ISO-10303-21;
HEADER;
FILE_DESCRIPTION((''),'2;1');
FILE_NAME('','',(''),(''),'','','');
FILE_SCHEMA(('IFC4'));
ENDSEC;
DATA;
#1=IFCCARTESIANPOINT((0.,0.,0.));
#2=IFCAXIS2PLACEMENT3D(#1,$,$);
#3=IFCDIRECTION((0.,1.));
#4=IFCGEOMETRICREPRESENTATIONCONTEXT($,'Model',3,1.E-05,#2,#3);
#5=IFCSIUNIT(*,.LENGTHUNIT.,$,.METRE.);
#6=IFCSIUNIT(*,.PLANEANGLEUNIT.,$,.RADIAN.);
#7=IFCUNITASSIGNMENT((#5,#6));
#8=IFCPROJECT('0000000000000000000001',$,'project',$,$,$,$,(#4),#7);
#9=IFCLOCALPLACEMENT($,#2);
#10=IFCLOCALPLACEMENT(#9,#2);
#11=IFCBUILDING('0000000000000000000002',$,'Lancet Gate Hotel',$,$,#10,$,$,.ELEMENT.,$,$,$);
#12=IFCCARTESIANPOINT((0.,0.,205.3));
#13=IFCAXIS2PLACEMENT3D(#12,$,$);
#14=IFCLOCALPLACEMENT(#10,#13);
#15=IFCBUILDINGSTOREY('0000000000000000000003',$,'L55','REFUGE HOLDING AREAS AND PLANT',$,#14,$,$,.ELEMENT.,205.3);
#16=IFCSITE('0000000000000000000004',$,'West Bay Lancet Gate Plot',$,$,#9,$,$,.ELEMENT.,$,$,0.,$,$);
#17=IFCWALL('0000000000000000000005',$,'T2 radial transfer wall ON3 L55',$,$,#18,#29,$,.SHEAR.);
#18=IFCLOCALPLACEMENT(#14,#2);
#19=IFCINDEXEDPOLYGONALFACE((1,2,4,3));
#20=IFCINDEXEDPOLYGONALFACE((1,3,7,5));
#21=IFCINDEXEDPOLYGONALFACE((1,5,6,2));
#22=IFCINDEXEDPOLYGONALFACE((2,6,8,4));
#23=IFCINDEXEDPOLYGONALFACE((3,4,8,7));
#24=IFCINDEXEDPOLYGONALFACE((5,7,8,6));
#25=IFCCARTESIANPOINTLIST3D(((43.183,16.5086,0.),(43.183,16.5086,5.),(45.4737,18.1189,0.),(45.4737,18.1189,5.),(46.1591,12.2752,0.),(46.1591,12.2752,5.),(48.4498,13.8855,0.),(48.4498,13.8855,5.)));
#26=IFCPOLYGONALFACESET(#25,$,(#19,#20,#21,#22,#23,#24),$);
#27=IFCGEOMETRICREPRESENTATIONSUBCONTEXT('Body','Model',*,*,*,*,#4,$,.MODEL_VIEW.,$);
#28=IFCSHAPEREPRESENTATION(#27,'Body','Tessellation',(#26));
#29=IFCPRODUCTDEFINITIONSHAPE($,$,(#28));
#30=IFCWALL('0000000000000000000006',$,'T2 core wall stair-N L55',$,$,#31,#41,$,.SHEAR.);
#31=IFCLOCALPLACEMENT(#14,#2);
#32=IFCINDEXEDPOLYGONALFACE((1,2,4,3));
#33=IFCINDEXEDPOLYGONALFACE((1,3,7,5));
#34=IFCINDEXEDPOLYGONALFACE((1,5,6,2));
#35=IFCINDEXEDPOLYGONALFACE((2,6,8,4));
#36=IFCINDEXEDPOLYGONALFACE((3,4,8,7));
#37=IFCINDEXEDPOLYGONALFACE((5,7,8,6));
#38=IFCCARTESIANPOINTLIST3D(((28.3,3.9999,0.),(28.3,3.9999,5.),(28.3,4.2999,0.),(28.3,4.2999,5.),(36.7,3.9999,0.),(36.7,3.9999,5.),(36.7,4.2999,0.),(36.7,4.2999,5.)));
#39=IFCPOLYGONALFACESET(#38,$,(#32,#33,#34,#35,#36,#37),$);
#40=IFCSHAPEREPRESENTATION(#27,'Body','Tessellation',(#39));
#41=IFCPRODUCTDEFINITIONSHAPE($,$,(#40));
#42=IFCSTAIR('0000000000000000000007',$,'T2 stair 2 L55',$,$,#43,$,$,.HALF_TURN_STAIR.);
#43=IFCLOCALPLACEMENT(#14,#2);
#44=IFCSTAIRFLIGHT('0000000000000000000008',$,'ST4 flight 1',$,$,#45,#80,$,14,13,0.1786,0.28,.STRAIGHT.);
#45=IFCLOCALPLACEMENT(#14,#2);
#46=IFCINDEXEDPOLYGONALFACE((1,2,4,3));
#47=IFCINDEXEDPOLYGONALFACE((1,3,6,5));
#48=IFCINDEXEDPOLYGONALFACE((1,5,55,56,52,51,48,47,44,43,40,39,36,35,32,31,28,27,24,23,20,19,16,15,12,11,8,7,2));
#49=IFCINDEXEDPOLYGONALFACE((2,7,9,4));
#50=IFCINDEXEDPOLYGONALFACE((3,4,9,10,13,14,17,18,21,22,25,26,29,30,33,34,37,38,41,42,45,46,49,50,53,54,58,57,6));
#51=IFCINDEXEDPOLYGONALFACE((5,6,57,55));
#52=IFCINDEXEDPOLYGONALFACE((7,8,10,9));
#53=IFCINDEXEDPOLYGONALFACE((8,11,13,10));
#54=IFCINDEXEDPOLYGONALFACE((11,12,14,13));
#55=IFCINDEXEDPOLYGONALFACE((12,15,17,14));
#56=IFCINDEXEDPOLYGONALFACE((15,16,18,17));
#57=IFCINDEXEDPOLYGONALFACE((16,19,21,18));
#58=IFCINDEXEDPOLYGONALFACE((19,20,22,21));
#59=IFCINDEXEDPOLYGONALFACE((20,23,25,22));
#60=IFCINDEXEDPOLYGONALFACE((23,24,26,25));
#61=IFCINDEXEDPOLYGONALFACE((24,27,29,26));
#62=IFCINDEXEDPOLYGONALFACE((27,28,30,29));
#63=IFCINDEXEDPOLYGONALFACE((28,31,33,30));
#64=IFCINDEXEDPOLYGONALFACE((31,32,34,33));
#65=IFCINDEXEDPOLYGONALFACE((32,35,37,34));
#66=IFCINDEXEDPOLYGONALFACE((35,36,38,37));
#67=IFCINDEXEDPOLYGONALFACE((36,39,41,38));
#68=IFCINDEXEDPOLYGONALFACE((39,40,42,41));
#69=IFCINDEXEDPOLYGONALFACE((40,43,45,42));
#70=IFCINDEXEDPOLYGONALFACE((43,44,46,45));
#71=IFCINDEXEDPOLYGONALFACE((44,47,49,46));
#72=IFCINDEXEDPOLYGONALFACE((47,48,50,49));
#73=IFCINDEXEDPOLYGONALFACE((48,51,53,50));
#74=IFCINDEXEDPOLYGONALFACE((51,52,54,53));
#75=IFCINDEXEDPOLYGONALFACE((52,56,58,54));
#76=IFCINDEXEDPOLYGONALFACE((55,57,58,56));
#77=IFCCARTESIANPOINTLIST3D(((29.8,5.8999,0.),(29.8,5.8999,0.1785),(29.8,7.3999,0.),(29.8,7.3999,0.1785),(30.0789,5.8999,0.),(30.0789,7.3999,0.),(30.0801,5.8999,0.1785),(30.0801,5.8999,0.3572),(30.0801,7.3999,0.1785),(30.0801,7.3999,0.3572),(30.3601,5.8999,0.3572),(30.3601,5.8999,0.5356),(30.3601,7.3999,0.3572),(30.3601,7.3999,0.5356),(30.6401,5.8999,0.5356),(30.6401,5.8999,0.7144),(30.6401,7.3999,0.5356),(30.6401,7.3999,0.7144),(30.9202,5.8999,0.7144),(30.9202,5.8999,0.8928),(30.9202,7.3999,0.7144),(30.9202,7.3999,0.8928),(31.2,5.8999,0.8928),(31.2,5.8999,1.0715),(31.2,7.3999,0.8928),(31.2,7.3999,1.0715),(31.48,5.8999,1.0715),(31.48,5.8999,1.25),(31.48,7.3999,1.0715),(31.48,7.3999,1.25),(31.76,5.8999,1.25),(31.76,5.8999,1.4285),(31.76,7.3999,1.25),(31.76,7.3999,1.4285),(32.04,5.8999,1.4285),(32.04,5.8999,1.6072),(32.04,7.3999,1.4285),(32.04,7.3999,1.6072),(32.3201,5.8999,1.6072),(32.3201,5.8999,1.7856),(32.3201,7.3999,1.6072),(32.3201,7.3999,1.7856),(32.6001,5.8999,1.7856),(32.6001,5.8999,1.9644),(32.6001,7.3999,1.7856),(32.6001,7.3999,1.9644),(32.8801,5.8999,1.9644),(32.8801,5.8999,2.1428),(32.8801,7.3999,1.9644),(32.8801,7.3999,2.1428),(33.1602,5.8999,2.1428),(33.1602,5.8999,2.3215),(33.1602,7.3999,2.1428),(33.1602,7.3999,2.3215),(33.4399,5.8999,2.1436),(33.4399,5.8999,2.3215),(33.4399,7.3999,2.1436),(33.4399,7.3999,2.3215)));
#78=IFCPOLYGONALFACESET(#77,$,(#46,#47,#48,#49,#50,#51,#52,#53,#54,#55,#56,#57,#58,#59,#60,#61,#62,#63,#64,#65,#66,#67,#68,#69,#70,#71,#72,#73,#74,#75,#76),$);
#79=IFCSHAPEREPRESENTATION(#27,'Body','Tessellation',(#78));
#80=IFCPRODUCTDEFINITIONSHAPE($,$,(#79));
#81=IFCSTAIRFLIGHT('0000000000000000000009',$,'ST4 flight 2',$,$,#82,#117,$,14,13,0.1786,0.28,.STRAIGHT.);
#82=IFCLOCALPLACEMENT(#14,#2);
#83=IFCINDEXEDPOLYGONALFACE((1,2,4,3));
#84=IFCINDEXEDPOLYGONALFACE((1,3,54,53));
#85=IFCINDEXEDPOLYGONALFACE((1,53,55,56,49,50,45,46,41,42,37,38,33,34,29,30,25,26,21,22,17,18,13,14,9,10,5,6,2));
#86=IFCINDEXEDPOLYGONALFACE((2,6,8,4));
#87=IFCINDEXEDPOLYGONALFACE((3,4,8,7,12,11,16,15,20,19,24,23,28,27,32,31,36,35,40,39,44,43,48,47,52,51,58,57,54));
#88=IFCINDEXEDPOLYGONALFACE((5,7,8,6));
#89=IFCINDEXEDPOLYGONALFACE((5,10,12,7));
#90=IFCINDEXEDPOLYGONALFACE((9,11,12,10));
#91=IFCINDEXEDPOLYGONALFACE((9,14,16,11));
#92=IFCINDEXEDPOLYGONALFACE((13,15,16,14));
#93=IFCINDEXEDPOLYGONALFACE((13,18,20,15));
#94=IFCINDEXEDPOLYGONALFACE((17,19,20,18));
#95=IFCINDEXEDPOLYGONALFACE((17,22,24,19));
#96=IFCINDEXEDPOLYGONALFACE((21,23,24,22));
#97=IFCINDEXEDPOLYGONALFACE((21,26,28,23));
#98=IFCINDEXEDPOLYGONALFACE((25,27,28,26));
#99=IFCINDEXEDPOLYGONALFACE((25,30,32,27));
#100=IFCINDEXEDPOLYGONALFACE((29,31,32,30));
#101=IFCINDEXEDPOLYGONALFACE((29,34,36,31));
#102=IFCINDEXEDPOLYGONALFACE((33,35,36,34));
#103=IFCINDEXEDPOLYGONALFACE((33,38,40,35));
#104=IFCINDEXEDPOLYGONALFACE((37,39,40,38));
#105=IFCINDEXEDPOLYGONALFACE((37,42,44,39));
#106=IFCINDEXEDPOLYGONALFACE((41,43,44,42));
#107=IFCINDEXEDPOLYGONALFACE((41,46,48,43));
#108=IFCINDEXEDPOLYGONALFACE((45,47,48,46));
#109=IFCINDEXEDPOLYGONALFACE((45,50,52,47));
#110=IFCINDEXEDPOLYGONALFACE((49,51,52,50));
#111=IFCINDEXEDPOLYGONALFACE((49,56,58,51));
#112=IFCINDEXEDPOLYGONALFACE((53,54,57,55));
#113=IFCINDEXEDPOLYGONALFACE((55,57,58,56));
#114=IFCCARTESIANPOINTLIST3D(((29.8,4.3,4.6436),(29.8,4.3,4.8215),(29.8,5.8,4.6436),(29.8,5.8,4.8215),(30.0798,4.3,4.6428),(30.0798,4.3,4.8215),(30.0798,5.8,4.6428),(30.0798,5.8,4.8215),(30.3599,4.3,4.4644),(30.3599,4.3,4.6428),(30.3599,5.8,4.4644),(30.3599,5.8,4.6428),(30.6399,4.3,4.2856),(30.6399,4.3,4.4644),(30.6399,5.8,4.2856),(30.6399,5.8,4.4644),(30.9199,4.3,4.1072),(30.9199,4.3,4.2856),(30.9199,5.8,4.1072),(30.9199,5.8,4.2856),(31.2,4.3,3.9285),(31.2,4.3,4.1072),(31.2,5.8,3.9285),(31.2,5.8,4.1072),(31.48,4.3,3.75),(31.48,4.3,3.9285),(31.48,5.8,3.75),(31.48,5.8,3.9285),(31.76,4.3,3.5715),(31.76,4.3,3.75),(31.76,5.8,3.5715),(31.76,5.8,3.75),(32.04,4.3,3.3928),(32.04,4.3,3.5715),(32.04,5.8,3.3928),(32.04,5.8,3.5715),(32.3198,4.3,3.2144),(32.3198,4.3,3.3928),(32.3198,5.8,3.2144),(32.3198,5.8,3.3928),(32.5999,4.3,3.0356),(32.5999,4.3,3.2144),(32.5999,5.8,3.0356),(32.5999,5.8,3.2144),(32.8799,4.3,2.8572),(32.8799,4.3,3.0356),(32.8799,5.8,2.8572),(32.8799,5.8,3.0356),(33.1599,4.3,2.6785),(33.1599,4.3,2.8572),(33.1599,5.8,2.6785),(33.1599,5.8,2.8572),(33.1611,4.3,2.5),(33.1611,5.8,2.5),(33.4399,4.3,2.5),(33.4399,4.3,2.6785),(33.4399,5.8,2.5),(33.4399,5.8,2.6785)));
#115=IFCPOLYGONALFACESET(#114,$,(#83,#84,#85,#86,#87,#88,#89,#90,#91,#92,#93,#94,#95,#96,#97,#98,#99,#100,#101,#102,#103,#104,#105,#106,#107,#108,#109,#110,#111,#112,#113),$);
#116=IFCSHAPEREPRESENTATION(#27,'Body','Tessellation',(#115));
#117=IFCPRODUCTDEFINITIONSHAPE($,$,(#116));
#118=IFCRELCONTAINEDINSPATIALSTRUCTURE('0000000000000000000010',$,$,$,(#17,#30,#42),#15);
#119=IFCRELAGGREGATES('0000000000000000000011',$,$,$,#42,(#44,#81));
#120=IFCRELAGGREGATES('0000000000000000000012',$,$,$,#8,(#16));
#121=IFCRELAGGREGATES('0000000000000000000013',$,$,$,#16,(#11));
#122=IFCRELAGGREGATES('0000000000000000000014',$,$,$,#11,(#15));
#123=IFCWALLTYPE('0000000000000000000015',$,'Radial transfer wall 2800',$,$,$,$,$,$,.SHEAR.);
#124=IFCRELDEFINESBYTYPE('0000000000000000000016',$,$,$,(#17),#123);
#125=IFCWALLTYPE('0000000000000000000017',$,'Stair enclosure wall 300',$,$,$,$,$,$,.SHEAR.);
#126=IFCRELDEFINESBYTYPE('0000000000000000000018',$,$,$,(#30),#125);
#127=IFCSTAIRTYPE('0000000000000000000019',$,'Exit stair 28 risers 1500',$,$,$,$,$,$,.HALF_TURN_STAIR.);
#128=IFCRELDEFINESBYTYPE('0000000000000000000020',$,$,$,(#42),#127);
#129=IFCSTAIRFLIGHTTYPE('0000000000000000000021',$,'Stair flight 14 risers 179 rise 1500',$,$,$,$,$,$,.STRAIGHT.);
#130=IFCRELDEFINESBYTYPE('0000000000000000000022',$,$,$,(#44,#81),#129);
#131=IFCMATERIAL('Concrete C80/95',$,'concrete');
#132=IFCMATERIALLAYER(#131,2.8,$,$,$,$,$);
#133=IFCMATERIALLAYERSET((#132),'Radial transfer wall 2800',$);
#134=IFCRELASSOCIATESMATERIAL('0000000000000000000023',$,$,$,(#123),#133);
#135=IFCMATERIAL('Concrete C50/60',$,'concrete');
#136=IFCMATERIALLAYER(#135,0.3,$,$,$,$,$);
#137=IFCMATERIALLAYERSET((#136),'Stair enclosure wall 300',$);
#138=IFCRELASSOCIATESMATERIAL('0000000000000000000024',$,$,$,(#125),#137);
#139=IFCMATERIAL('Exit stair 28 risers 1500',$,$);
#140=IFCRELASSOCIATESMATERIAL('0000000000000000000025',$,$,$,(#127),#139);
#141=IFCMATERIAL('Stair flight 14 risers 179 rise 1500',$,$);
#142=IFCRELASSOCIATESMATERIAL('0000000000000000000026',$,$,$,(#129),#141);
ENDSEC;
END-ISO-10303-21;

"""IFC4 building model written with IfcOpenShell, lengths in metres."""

from ifc_helpers import new_model, si_unit, direction, frame, frame_2d, origin, place, context, subcontext, project, spatial, polyline, rectangle, outline, extrude, material, layer, layer_set, type_object, element, aggregate, save


model = new_model("IFC4")

# Units and contexts
model_context = context("Model", 3, precision=1e-05, world=origin(), true_north=direction((0.0, 1.0)))
body_context = subcontext(model_context, "Body", "Model", "MODEL_VIEW")
ifc_project = project(units=[si_unit("LENGTHUNIT", "METRE"), si_unit("PLANEANGLEUNIT", "RADIAN")], contexts=[model_context])

# Site, building, storey
site_placement = place(None, origin())
site = spatial("IfcSite", under=ifc_project, at=site_placement, Name="West Bay Lancet Gate Plot", CompositionType="ELEMENT", RefElevation=0.0)
building_placement = place(site_placement, origin())
building = spatial("IfcBuilding", under=site, at=building_placement, Name="Lancet Gate Hotel", CompositionType="ELEMENT")
storey_placement = place(building_placement, frame((0.0, 0.0, 205.3)))
storey = spatial("IfcBuildingStorey", under=building, at=storey_placement, Name="L55", Description="REFUGE HOLDING AREAS AND PLANT", CompositionType="ELEMENT", Elevation=205.3)

# Walls
ifc_material_1 = material(Name="Concrete C80/95", Category="concrete")
ifc_layer_1 = layer(ifc_material_1, 2.8)
ifc_layer_set_1 = layer_set([ifc_layer_1], Name="Radial transfer wall 2800")
wall_type_1 = type_object("IfcWallType", Name="Radial transfer wall 2800", PredefinedType="SHEAR", material=ifc_layer_set_1)
wall_1_placement = place(storey_placement, frame((44.3284, 17.3137, 0.0), z_axis=(0.0, 0.0, 1.0), x_axis=(0.575108, -0.818078, 0.0)))
element("IfcWall", 1, at=wall_1_placement, inside=storey, type_object=wall_type_1, Name="T2 radial transfer wall ON3 L55", PredefinedType="SHEAR", context=body_context, shape_type="SweptSolid", body=[
    extrude(rectangle(XDim=5.1748, YDim=2.8, at=frame_2d((2.5874, 0.0))), origin(), (0.0, 0.0, 1.0), 5.0),
])
ifc_material_2 = material(Name="Concrete C50/60", Category="concrete")
ifc_layer_2 = layer(ifc_material_2, 0.3)
ifc_layer_set_2 = layer_set([ifc_layer_2], Name="Stair enclosure wall 300")
wall_type_2 = type_object("IfcWallType", Name="Stair enclosure wall 300", PredefinedType="SHEAR", material=ifc_layer_set_2)
wall_2_placement = place(storey_placement, frame((28.3, 4.1499, 0.0), z_axis=(0.0, 0.0, 1.0), x_axis=(1.0, 0.0, 0.0)))
element("IfcWall", 2, at=wall_2_placement, inside=storey, type_object=wall_type_2, Name="T2 core wall stair-N L55", PredefinedType="SHEAR", context=body_context, shape_type="SweptSolid", body=[
    extrude(rectangle(XDim=8.3999, YDim=0.3, at=frame_2d((4.2, 0.0))), origin(), (0.0, 0.0, 1.0), 5.0),
])

# Stair, stair flights
ifc_material_3 = material(Name="Exit stair 28 risers 1500")
stair_type = type_object("IfcStairType", Name="Exit stair 28 risers 1500", PredefinedType="HALF_TURN_STAIR", material=ifc_material_3)
stair_placement = place(storey_placement, origin())
stair = element("IfcStair", 3, at=stair_placement, inside=storey, type_object=stair_type, Name="T2 stair 2 L55", PredefinedType="HALF_TURN_STAIR")
ifc_material_4 = material(Name="Stair flight 14 risers 179 rise 1500")
stair_flight_type = type_object("IfcStairFlightType", Name="Stair flight 14 risers 179 rise 1500", PredefinedType="STRAIGHT", material=ifc_material_4)
stair_flight_1_placement = place(storey_placement, frame((29.8, 6.6499, 0.0), z_axis=(0.0, 0.0, 1.0), x_axis=(1.0, 0.0, 0.0)))
stair_flight_1 = element("IfcStairFlight", 4, at=stair_flight_1_placement, type_object=stair_flight_type, Name="ST4 flight 1", NumberOfRisers=14, NumberOfTreads=13, PredefinedType="STRAIGHT", RiserHeight=0.1786, TreadLength=0.28, context=body_context, shape_type="SweptSolid", body=[
    extrude(outline(polyline([(0.0, 0.0), (0.0, 0.1785), (0.28, 0.1785), (0.28, 0.3572), (0.5601, 0.3572), (0.5601, 0.5356), (0.8401, 0.5356), (0.8401, 0.7144), (1.1201, 0.7144), (1.1201, 0.8928), (1.3999, 0.8928), (1.3999, 1.0715), (1.6799, 1.0715), (1.6799, 1.25), (1.96, 1.25), (1.96, 1.4285), (2.24, 1.4285), (2.24, 1.6072), (2.52, 1.6072), (2.52, 1.7856), (2.8, 1.7856), (2.8, 1.9644), (3.0801, 1.9644), (3.0801, 2.1428), (3.3601, 2.1428), (3.3601, 2.3215), (3.6399, 2.3215), (3.6399, 2.5), (3.6399, 2.1436), (0.2788, 0.0), (0.0, 0.0)])), frame((0.0, 0.75, 0.0), z_axis=(0.0, -1.0, 0.0), x_axis=(1.0, 0.0, 0.0)), (0.0, 0.0, 1.0), 1.5),
])
stair_flight_2_placement = place(storey_placement, frame((33.4399, 5.05, 2.5), z_axis=(0.0, 0.0, 1.0), x_axis=(-1.0, 0.0, 0.0)))
stair_flight_2 = element("IfcStairFlight", 5, at=stair_flight_2_placement, type_object=stair_flight_type, Name="ST4 flight 2", NumberOfRisers=14, NumberOfTreads=13, PredefinedType="STRAIGHT", RiserHeight=0.1786, TreadLength=0.28, context=body_context, shape_type="SweptSolid", body=[
    extrude(outline(polyline([(0.0, 0.0), (0.0, 0.1785), (0.28, 0.1785), (0.28, 0.3572), (0.5601, 0.3572), (0.5601, 0.5356), (0.8401, 0.5356), (0.8401, 0.7144), (1.1201, 0.7144), (1.1201, 0.8928), (1.3999, 0.8928), (1.3999, 1.0715), (1.6799, 1.0715), (1.6799, 1.25), (1.96, 1.25), (1.96, 1.4285), (2.24, 1.4285), (2.24, 1.6072), (2.52, 1.6072), (2.52, 1.7856), (2.8, 1.7856), (2.8, 1.9644), (3.0801, 1.9644), (3.0801, 2.1428), (3.3601, 2.1428), (3.3601, 2.3215), (3.6399, 2.3215), (3.6399, 2.5), (3.6399, 2.1436), (0.2788, 0.0), (0.0, 0.0)])), frame((0.0, 0.75, 0.0), z_axis=(0.0, -1.0, 0.0), x_axis=(1.0, 0.0, 0.0)), (0.0, 0.0, 1.0), 1.5),
])
aggregate(stair, [stair_flight_1, stair_flight_2])

save(model, "model.ifc")
